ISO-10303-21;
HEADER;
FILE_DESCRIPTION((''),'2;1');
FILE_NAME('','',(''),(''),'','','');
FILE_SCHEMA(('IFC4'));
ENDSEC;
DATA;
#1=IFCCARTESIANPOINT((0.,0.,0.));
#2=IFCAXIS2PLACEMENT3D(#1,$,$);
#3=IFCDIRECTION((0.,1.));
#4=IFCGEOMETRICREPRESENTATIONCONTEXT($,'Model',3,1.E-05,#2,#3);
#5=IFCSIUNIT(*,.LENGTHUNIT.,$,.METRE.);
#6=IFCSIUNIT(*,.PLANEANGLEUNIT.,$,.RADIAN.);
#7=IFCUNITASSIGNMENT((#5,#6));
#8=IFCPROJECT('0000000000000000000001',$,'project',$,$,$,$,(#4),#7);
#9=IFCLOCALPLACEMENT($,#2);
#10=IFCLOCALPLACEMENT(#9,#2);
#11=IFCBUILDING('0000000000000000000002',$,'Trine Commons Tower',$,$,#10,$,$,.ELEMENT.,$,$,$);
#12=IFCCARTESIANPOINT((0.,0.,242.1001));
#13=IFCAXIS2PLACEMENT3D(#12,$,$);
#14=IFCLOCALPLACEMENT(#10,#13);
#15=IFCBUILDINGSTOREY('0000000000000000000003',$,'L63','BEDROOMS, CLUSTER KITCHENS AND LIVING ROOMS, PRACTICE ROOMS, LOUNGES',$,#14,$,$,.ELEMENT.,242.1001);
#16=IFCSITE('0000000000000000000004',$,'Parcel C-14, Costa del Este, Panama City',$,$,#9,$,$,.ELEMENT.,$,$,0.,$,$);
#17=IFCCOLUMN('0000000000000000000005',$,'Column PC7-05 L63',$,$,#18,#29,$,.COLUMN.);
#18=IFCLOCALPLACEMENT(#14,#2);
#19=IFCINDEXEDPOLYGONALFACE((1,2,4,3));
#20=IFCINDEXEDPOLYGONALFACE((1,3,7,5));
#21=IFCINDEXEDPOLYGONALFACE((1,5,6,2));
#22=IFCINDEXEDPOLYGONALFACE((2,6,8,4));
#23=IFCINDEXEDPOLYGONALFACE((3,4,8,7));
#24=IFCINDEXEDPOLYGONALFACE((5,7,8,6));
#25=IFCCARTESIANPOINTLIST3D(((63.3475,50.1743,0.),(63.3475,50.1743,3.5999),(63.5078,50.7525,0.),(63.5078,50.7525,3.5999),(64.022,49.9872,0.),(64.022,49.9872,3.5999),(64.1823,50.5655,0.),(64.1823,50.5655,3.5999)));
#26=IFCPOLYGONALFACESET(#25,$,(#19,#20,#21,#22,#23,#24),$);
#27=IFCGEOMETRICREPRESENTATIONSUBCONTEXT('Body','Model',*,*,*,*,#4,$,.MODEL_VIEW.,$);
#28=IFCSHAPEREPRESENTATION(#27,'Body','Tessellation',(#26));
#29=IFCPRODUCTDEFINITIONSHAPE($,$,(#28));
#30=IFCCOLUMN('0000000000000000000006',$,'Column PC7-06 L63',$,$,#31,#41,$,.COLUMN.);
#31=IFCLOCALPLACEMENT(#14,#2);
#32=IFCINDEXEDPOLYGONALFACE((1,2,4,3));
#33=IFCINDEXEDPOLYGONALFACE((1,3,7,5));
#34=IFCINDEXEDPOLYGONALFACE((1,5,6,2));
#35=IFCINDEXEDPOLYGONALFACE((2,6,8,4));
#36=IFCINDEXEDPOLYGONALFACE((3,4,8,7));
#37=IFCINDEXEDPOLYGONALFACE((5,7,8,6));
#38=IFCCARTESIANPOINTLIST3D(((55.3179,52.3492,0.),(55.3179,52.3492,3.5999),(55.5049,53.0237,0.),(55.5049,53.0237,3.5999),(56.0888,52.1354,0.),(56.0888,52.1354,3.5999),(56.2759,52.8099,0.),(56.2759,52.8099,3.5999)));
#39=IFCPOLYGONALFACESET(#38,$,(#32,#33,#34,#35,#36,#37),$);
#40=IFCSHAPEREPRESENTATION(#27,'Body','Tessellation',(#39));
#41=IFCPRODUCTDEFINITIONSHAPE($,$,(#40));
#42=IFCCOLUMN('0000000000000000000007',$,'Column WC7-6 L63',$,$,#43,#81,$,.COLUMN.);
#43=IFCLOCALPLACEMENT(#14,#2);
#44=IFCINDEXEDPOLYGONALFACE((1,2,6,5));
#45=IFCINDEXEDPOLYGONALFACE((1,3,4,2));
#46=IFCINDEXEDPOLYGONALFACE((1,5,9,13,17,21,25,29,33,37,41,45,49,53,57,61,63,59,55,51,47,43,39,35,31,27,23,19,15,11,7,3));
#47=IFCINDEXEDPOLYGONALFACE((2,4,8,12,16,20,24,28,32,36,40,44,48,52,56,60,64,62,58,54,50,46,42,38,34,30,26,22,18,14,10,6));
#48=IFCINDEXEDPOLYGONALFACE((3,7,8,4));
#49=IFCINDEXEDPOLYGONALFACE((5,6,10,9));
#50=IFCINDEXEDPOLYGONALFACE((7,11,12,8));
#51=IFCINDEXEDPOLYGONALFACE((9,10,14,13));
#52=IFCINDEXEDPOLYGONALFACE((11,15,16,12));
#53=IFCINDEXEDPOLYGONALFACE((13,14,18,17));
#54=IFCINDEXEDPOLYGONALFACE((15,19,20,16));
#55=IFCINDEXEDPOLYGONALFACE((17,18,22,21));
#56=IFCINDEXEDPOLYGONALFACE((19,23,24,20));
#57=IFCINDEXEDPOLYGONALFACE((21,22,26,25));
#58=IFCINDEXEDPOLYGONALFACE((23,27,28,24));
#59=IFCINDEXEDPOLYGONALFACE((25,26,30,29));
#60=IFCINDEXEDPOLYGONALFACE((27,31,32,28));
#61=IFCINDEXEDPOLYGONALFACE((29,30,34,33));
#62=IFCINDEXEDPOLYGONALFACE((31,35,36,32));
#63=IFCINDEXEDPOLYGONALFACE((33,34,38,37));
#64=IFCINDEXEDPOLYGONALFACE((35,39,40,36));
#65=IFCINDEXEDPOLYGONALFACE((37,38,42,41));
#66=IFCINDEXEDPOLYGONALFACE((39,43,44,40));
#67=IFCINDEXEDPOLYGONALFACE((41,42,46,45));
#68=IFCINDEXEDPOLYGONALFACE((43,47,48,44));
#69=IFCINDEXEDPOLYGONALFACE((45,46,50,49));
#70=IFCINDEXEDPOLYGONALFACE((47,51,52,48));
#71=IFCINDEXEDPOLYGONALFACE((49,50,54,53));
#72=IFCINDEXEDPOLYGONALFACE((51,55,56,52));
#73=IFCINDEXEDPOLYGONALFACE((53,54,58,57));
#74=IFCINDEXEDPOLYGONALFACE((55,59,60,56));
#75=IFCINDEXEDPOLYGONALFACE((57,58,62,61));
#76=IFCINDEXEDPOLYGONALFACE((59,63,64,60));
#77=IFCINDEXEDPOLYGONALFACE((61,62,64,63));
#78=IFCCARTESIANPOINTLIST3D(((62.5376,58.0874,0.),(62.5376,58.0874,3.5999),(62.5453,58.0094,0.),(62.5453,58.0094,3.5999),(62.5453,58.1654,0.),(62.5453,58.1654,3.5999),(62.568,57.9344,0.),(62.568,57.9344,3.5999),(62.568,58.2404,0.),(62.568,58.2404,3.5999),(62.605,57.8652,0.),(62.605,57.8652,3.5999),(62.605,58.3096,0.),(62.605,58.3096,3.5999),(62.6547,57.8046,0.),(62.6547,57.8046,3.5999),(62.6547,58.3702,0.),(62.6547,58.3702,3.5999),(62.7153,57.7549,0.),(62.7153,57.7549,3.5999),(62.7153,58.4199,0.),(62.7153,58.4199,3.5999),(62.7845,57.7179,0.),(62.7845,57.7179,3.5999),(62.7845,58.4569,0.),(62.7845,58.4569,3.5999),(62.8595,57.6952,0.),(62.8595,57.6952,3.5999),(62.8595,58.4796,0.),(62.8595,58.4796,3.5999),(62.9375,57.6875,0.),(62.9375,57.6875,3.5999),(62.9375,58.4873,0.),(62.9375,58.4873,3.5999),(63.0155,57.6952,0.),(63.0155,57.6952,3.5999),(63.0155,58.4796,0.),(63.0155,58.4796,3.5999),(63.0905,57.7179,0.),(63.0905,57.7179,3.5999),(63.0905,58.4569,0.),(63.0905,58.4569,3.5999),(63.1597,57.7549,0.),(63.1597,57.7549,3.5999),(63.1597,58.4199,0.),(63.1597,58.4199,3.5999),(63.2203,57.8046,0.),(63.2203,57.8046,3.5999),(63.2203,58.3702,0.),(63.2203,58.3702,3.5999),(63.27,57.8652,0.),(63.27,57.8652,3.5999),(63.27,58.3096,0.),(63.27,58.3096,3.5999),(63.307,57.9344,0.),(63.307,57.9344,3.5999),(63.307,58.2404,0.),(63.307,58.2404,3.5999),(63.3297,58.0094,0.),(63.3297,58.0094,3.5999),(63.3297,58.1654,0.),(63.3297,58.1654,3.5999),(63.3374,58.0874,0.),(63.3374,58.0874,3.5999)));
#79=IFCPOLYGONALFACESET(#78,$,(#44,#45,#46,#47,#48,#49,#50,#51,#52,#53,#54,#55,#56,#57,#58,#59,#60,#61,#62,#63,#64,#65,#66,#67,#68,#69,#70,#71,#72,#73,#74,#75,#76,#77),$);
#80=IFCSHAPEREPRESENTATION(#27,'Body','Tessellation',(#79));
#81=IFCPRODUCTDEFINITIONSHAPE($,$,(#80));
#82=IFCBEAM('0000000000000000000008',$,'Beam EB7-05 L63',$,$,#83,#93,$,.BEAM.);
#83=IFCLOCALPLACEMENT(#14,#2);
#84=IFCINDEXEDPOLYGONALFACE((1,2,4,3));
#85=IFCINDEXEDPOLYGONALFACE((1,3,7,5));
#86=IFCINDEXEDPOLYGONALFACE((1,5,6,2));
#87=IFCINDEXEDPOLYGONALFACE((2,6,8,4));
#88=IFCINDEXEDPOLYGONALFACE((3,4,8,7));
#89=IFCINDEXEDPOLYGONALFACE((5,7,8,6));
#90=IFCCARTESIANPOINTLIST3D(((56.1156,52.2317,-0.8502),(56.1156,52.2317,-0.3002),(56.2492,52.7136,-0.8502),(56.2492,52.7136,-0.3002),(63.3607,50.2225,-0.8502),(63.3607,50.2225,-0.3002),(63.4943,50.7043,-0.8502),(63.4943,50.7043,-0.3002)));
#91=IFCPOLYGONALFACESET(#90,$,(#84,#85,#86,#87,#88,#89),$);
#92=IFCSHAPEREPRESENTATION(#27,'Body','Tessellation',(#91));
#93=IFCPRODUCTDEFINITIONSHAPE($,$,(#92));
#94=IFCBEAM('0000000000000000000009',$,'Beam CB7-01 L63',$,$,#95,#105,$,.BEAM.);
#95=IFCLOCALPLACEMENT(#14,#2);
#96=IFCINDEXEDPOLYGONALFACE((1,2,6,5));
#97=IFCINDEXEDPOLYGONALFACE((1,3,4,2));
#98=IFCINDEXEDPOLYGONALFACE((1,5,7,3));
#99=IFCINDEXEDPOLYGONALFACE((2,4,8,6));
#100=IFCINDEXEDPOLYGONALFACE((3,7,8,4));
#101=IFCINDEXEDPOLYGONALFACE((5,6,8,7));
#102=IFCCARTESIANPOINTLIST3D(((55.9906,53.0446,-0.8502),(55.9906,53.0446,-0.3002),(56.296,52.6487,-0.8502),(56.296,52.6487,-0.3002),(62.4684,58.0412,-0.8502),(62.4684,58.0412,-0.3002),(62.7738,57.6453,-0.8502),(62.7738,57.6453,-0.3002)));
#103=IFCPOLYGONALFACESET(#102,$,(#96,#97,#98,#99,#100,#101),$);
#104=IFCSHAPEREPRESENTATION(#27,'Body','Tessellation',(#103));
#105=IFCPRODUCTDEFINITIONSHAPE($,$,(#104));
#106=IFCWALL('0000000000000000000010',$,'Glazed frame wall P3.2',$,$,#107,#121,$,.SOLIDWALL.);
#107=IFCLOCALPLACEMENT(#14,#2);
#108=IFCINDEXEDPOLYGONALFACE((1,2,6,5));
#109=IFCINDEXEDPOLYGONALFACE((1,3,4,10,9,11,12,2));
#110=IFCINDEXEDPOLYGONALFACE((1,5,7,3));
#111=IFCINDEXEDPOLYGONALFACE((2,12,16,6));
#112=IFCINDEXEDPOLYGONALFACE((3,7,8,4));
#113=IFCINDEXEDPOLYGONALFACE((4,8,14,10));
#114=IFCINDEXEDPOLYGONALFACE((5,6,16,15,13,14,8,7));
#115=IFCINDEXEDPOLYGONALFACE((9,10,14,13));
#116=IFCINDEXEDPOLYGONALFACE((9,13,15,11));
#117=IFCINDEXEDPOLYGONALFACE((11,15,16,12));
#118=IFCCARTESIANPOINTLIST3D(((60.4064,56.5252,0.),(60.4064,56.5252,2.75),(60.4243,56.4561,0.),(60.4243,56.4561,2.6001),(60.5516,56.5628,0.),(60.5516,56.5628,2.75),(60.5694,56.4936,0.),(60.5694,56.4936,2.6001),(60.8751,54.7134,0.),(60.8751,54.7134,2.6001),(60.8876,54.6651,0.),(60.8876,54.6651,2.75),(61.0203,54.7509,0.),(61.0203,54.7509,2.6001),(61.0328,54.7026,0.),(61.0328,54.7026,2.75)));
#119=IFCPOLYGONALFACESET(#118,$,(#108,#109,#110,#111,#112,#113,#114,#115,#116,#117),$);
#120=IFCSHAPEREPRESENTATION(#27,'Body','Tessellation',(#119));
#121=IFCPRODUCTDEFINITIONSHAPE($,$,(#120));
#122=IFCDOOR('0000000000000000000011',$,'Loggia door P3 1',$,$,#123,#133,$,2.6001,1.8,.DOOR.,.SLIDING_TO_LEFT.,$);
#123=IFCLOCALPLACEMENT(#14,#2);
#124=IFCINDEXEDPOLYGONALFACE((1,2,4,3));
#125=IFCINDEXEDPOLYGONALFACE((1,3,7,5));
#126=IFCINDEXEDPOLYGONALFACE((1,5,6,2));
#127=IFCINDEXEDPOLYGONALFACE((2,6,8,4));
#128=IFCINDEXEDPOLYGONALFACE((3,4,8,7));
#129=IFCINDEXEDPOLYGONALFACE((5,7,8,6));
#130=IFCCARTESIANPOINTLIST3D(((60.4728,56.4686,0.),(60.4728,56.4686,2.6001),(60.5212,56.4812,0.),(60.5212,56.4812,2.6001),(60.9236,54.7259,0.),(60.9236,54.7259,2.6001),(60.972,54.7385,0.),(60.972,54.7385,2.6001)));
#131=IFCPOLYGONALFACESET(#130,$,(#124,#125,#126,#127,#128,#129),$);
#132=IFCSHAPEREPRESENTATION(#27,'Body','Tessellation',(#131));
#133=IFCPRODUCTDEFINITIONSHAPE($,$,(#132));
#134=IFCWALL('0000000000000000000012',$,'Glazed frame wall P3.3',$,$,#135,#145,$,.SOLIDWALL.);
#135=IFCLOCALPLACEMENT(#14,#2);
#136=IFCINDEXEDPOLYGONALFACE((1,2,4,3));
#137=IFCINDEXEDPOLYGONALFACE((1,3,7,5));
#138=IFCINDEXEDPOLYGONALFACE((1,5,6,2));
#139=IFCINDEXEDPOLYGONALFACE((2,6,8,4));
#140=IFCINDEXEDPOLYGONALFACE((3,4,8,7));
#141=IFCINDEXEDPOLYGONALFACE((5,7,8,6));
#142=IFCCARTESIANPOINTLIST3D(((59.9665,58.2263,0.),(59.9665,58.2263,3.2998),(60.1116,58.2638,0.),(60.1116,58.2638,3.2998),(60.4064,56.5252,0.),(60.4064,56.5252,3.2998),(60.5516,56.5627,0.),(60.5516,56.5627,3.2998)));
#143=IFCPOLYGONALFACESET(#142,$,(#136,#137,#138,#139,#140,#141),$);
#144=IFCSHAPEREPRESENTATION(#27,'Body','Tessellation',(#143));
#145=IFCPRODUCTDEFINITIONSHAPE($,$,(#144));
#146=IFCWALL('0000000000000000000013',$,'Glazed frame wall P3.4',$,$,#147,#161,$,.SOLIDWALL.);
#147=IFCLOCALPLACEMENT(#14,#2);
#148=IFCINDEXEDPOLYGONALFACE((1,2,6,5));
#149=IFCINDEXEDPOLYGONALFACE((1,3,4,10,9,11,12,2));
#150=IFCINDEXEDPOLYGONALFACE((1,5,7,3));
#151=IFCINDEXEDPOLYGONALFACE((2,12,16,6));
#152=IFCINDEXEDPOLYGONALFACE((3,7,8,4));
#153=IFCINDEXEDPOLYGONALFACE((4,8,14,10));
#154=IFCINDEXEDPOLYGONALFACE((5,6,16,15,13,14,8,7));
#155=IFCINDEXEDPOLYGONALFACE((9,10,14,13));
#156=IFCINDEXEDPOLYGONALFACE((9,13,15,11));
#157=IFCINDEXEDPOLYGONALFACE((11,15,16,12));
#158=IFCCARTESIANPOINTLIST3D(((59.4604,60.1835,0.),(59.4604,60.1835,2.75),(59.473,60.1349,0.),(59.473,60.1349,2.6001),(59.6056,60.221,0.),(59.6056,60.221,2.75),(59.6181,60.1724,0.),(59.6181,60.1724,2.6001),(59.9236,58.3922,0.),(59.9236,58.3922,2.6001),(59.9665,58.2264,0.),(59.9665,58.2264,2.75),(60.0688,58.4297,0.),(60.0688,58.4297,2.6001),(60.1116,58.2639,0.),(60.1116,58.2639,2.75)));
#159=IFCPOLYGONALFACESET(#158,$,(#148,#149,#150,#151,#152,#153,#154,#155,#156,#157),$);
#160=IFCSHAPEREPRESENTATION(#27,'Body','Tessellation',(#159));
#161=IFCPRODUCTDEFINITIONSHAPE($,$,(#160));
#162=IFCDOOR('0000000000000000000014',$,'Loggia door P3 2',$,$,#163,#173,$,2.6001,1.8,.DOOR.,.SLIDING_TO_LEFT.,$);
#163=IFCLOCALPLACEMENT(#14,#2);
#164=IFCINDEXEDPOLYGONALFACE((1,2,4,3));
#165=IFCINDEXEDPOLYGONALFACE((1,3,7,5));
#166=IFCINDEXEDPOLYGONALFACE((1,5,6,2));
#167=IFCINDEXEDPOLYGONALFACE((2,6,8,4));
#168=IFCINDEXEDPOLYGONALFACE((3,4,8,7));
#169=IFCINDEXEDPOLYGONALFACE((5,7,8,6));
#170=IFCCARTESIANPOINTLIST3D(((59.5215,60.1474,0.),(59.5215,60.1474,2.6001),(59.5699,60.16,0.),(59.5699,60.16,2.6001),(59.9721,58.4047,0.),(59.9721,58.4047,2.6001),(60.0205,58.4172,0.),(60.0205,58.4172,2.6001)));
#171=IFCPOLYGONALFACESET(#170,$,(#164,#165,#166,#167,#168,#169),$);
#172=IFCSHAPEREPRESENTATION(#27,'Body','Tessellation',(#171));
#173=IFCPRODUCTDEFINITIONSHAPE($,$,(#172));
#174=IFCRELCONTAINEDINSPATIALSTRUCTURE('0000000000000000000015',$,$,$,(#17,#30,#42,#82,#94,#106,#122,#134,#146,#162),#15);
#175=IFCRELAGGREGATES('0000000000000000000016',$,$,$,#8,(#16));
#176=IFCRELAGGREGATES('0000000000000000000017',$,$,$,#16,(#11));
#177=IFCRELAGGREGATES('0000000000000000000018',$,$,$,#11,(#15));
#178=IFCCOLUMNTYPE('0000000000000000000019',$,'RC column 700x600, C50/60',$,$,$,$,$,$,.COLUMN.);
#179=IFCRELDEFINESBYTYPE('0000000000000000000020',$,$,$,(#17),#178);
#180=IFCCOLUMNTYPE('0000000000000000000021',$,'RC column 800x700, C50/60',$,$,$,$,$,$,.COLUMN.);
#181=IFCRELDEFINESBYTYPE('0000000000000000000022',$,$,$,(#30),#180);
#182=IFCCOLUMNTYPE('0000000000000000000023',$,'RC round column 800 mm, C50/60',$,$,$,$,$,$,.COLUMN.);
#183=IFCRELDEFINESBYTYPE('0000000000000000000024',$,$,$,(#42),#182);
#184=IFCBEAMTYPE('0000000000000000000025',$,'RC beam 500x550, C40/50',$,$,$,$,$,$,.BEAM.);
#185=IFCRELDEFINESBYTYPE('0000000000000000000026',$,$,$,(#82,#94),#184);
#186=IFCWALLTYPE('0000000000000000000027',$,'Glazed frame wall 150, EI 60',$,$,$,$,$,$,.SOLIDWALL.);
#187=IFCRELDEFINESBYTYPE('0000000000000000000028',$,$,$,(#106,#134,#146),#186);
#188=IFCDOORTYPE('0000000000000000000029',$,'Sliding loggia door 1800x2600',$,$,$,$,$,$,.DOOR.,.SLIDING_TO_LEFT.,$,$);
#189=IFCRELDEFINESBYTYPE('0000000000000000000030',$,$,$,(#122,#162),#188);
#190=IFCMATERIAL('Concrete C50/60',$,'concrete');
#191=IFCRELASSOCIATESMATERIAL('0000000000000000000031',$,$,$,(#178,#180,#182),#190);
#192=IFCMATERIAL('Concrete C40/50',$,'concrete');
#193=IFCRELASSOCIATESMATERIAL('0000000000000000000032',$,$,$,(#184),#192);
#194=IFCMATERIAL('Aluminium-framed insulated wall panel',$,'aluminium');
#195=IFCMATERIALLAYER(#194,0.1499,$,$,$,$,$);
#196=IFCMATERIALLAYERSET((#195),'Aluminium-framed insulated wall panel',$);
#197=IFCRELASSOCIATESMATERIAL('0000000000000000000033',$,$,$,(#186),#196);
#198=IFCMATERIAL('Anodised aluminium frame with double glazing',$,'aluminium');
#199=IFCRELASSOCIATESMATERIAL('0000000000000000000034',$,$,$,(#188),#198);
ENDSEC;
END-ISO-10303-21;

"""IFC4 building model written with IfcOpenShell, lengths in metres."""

from ifc_helpers import new_model, si_unit, direction, frame, frame_2d, origin, origin_2d, place, context, subcontext, project, spatial, polyline, rectangle, circle, outline, extrude, material, layer, layer_set, material_profile, profile_set, type_object, element, fill, save


model = new_model("IFC4")

# Units and contexts
model_context = context("Model", 3, precision=1e-05, world=origin(), true_north=direction((0.0, 1.0)))
body_context = subcontext(model_context, "Body", "Model", "MODEL_VIEW")
ifc_project = project(units=[si_unit("LENGTHUNIT", "METRE"), si_unit("PLANEANGLEUNIT", "RADIAN")], contexts=[model_context])

# Site, building, storey
site_placement = place(None, origin())
site = spatial("IfcSite", under=ifc_project, at=site_placement, Name="Parcel C-14, Costa del Este, Panama City", CompositionType="ELEMENT", RefElevation=0.0)
building_placement = place(site_placement, origin())
building = spatial("IfcBuilding", under=site, at=building_placement, Name="Trine Commons Tower", CompositionType="ELEMENT")
storey_placement = place(building_placement, frame((0.0, 0.0, 242.1001)))
storey = spatial("IfcBuildingStorey", under=building, at=storey_placement, Name="L63", Description="BEDROOMS, CLUSTER KITCHENS AND LIVING ROOMS, PRACTICE ROOMS, LOUNGES", CompositionType="ELEMENT", Elevation=242.1001)

# Columns
ifc_material_1 = material(Name="Concrete C50/60", Category="concrete")
ifc_material_profile_1 = material_profile(ifc_material_1, rectangle(XDim=0.7, YDim=0.6001, at=origin_2d()), Name="RC 700x600")
ifc_profile_set_1 = profile_set([ifc_material_profile_1], Name="Concrete C50/60")
column_type_1 = type_object("IfcColumnType", Name="RC column 700x600, C50/60", PredefinedType="COLUMN", material=ifc_profile_set_1)
column_1_placement = place(storey_placement, frame((63.7649, 50.3699, 0.0), z_axis=(0.0, 0.0, 1.0), x_axis=(-0.96363, 0.267238, 0.0)))
element("IfcColumn", 1, at=column_1_placement, inside=storey, type_object=column_type_1, Name="Column PC7-05 L63", PredefinedType="COLUMN", context=body_context, shape_type="SweptSolid", body=[
    extrude(rectangle(XDim=0.7, YDim=0.6001, at=origin_2d()), origin(), (0.0, 0.0, 1.0), 3.5999),
])
ifc_material_profile_2 = material_profile(ifc_material_1, rectangle(XDim=0.8, YDim=0.7, at=origin_2d()), Name="RC 800x700")
ifc_profile_set_2 = profile_set([ifc_material_profile_2], Name="Concrete C50/60")
column_type_2 = type_object("IfcColumnType", Name="RC column 800x700, C50/60", PredefinedType="COLUMN", material=ifc_profile_set_2)
column_2_placement = place(storey_placement, frame((55.7969, 52.5796, 0.0), z_axis=(0.0, 0.0, 1.0), x_axis=(-0.96363, 0.267238, 0.0)))
element("IfcColumn", 2, at=column_2_placement, inside=storey, type_object=column_type_2, Name="Column PC7-06 L63", PredefinedType="COLUMN", context=body_context, shape_type="SweptSolid", body=[
    extrude(rectangle(XDim=0.8, YDim=0.7, at=origin_2d()), origin(), (0.0, 0.0, 1.0), 3.5999),
])
ifc_material_profile_3 = material_profile(ifc_material_1, circle(Radius=0.3999, at=origin_2d()), Name="RC round 800")
ifc_profile_set_3 = profile_set([ifc_material_profile_3], Name="Concrete C50/60")
column_type_3 = type_object("IfcColumnType", Name="RC round column 800 mm, C50/60", PredefinedType="COLUMN", material=ifc_profile_set_3)
column_3_placement = place(storey_placement, frame((62.9375, 58.0874, 0.0), z_axis=(0.0, 0.0, 1.0), x_axis=(1.0, 0.0, 0.0)))
element("IfcColumn", 3, at=column_3_placement, inside=storey, type_object=column_type_3, Name="Column WC7-6 L63", PredefinedType="COLUMN", context=body_context, shape_type="SweptSolid", body=[
    extrude(circle(Radius=0.3999, at=origin_2d()), origin(), (0.0, 0.0, 1.0), 3.5999),
])

# Beams
ifc_material_2 = material(Name="Concrete C40/50", Category="concrete")
ifc_material_profile_4 = material_profile(ifc_material_2, rectangle(XDim=0.5, YDim=0.55, at=origin_2d()), Name="RC 500x550")
ifc_profile_set_4 = profile_set([ifc_material_profile_4], Name="Concrete C40/50")
beam_type = type_object("IfcBeamType", Name="RC beam 500x550, C40/50", PredefinedType="BEAM", material=ifc_profile_set_4)
beam_1_placement = place(storey_placement, frame((63.4275, 50.4634, -0.5752), z_axis=(-0.963629, 0.267242, 0.0), x_axis=(-0.267242, -0.963629, 0.0)))
element("IfcBeam", 4, at=beam_1_placement, inside=storey, type_object=beam_type, Name="Beam EB7-05 L63", PredefinedType="BEAM", context=body_context, shape_type="SweptSolid", body=[
    extrude(rectangle(XDim=0.5, YDim=0.55, at=origin_2d()), origin(), (0.0, 0.0, 1.0), 7.5186),
])
beam_2_placement = place(storey_placement, frame((56.1433, 52.8467, -0.5752), z_axis=(0.791816, 0.61076, 0.0), x_axis=(-0.61076, 0.791816, 0.0)))
element("IfcBeam", 5, at=beam_2_placement, inside=storey, type_object=beam_type, Name="Beam CB7-01 L63", PredefinedType="BEAM", context=body_context, shape_type="SweptSolid", body=[
    extrude(rectangle(XDim=0.5, YDim=0.55, at=origin_2d()), origin(), (0.0, 0.0, 1.0), 8.1809),
])

# Shared definitions
ifc_material_3 = material(Name="Aluminium-framed insulated wall panel", Category="aluminium")
ifc_layer_1 = layer(ifc_material_3, 0.1499)
ifc_layer_set_1 = layer_set([ifc_layer_1], Name="Aluminium-framed insulated wall panel")
wall_type_1 = type_object("IfcWallType", Name="Glazed frame wall 150, EI 60", PredefinedType="SOLIDWALL", material=ifc_layer_set_1)

# Wall, opening, door
wall_1_placement = place(storey_placement, frame((60.9602, 54.6838, 0.0), z_axis=(0.0, 0.0, 1.0), x_axis=(-0.250451, 0.968129, 0.0)))
wall_1 = element("IfcWall", 6, at=wall_1_placement, inside=storey, type_object=wall_type_1, Name="Glazed frame wall P3.2", PredefinedType="SOLIDWALL", context=body_context, shape_type="SweptSolid", body=[
    extrude(outline(polyline([(0.0, -0.075), (1.9214, -0.075), (1.9214, 0.075), (0.0, 0.075), (0.0, -0.075)])), origin(), (0.0, 0.0, 1.0), 2.75),
])
opening_1_placement = place(wall_1_placement, frame((0.05, 0.0, 0.0)))
opening_1 = element("IfcOpeningElement", 7, at=opening_1_placement, cuts=wall_1, PredefinedType="OPENING", context=body_context, shape_type="SweptSolid", body=[
    extrude(rectangle(XDim=1.8, YDim=2.6001, at=frame_2d((0.8999, 1.3))), frame((0.0, 0.085, 0.0), z_axis=(0.0, -1.0, 0.0), x_axis=(1.0, 0.0, 0.0)), (0.0, 0.0, 1.0), 0.1699),
])
ifc_material_4 = material(Name="Anodised aluminium frame with double glazing", Category="aluminium")
door_type_1 = type_object("IfcDoorType", Name="Sliding loggia door 1800x2600", OperationType="SLIDING_TO_LEFT", PredefinedType="DOOR", material=ifc_material_4)
door_1_placement = place(opening_1_placement, origin())
door_1 = element("IfcDoor", 8, at=door_1_placement, inside=storey, type_object=door_type_1, Name="Loggia door P3 1", OperationType="SLIDING_TO_LEFT", OverallHeight=2.6001, OverallWidth=1.8, PredefinedType="DOOR", context=body_context, shape_type="SweptSolid", body=[
    extrude(rectangle(XDim=1.8, YDim=2.6001, at=frame_2d((0.8999, 1.3))), frame((0.0, 0.0249, 0.0), z_axis=(0.0, -1.0, 0.0), x_axis=(1.0, 0.0, 0.0)), (0.0, 0.0, 1.0), 0.05),
])
fill(opening_1, door_1)

# Wall
wall_2_placement = place(storey_placement, frame((60.479, 56.5439, 0.0), z_axis=(0.0, 0.0, 1.0), x_axis=(-0.250374, 0.968149, 0.0)))
element("IfcWall", 9, at=wall_2_placement, inside=storey, type_object=wall_type_1, Name="Glazed frame wall P3.3", PredefinedType="SOLIDWALL", context=body_context, shape_type="SweptSolid", body=[
    extrude(outline(polyline([(0.0, -0.075), (1.7571, -0.075), (1.7571, 0.075), (0.0, 0.075), (0.0, -0.075)])), origin(), (0.0, 0.0, 1.0), 3.2998),
])

# Wall, opening, door
wall_3_placement = place(storey_placement, frame((60.0391, 58.2451, 0.0), z_axis=(0.0, 0.0, 1.0), x_axis=(-0.250342, 0.968158, 0.0)))
wall_3 = element("IfcWall", 10, at=wall_3_placement, inside=storey, type_object=wall_type_1, Name="Glazed frame wall P3.4", PredefinedType="SOLIDWALL", context=body_context, shape_type="SweptSolid", body=[
    extrude(outline(polyline([(0.0, -0.075), (2.0215, -0.075), (2.0215, 0.075), (0.0, 0.075), (0.0, -0.075)])), origin(), (0.0, 0.0, 1.0), 2.75),
])
opening_2_placement = place(wall_3_placement, frame((0.1714, 0.0, 0.0)))
opening_2 = element("IfcOpeningElement", 11, at=opening_2_placement, cuts=wall_3, PredefinedType="OPENING", context=body_context, shape_type="SweptSolid", body=[
    extrude(rectangle(XDim=1.8, YDim=2.6001, at=frame_2d((0.8999, 1.3))), frame((0.0, 0.085, 0.0), z_axis=(0.0, -1.0, 0.0), x_axis=(1.0, 0.0, 0.0)), (0.0, 0.0, 1.0), 0.1699),
])
door_2_placement = place(opening_2_placement, origin())
door_2 = element("IfcDoor", 12, at=door_2_placement, inside=storey, type_object=door_type_1, Name="Loggia door P3 2", OperationType="SLIDING_TO_LEFT", OverallHeight=2.6001, OverallWidth=1.8, PredefinedType="DOOR", context=body_context, shape_type="SweptSolid", body=[
    extrude(rectangle(XDim=1.8, YDim=2.6001, at=frame_2d((0.8999, 1.3))), frame((0.0, 0.0249, 0.0), z_axis=(0.0, -1.0, 0.0), x_axis=(1.0, 0.0, 0.0)), (0.0, 0.0, 1.0), 0.05),
])
fill(opening_2, door_2)

save(model, "model.ifc")
